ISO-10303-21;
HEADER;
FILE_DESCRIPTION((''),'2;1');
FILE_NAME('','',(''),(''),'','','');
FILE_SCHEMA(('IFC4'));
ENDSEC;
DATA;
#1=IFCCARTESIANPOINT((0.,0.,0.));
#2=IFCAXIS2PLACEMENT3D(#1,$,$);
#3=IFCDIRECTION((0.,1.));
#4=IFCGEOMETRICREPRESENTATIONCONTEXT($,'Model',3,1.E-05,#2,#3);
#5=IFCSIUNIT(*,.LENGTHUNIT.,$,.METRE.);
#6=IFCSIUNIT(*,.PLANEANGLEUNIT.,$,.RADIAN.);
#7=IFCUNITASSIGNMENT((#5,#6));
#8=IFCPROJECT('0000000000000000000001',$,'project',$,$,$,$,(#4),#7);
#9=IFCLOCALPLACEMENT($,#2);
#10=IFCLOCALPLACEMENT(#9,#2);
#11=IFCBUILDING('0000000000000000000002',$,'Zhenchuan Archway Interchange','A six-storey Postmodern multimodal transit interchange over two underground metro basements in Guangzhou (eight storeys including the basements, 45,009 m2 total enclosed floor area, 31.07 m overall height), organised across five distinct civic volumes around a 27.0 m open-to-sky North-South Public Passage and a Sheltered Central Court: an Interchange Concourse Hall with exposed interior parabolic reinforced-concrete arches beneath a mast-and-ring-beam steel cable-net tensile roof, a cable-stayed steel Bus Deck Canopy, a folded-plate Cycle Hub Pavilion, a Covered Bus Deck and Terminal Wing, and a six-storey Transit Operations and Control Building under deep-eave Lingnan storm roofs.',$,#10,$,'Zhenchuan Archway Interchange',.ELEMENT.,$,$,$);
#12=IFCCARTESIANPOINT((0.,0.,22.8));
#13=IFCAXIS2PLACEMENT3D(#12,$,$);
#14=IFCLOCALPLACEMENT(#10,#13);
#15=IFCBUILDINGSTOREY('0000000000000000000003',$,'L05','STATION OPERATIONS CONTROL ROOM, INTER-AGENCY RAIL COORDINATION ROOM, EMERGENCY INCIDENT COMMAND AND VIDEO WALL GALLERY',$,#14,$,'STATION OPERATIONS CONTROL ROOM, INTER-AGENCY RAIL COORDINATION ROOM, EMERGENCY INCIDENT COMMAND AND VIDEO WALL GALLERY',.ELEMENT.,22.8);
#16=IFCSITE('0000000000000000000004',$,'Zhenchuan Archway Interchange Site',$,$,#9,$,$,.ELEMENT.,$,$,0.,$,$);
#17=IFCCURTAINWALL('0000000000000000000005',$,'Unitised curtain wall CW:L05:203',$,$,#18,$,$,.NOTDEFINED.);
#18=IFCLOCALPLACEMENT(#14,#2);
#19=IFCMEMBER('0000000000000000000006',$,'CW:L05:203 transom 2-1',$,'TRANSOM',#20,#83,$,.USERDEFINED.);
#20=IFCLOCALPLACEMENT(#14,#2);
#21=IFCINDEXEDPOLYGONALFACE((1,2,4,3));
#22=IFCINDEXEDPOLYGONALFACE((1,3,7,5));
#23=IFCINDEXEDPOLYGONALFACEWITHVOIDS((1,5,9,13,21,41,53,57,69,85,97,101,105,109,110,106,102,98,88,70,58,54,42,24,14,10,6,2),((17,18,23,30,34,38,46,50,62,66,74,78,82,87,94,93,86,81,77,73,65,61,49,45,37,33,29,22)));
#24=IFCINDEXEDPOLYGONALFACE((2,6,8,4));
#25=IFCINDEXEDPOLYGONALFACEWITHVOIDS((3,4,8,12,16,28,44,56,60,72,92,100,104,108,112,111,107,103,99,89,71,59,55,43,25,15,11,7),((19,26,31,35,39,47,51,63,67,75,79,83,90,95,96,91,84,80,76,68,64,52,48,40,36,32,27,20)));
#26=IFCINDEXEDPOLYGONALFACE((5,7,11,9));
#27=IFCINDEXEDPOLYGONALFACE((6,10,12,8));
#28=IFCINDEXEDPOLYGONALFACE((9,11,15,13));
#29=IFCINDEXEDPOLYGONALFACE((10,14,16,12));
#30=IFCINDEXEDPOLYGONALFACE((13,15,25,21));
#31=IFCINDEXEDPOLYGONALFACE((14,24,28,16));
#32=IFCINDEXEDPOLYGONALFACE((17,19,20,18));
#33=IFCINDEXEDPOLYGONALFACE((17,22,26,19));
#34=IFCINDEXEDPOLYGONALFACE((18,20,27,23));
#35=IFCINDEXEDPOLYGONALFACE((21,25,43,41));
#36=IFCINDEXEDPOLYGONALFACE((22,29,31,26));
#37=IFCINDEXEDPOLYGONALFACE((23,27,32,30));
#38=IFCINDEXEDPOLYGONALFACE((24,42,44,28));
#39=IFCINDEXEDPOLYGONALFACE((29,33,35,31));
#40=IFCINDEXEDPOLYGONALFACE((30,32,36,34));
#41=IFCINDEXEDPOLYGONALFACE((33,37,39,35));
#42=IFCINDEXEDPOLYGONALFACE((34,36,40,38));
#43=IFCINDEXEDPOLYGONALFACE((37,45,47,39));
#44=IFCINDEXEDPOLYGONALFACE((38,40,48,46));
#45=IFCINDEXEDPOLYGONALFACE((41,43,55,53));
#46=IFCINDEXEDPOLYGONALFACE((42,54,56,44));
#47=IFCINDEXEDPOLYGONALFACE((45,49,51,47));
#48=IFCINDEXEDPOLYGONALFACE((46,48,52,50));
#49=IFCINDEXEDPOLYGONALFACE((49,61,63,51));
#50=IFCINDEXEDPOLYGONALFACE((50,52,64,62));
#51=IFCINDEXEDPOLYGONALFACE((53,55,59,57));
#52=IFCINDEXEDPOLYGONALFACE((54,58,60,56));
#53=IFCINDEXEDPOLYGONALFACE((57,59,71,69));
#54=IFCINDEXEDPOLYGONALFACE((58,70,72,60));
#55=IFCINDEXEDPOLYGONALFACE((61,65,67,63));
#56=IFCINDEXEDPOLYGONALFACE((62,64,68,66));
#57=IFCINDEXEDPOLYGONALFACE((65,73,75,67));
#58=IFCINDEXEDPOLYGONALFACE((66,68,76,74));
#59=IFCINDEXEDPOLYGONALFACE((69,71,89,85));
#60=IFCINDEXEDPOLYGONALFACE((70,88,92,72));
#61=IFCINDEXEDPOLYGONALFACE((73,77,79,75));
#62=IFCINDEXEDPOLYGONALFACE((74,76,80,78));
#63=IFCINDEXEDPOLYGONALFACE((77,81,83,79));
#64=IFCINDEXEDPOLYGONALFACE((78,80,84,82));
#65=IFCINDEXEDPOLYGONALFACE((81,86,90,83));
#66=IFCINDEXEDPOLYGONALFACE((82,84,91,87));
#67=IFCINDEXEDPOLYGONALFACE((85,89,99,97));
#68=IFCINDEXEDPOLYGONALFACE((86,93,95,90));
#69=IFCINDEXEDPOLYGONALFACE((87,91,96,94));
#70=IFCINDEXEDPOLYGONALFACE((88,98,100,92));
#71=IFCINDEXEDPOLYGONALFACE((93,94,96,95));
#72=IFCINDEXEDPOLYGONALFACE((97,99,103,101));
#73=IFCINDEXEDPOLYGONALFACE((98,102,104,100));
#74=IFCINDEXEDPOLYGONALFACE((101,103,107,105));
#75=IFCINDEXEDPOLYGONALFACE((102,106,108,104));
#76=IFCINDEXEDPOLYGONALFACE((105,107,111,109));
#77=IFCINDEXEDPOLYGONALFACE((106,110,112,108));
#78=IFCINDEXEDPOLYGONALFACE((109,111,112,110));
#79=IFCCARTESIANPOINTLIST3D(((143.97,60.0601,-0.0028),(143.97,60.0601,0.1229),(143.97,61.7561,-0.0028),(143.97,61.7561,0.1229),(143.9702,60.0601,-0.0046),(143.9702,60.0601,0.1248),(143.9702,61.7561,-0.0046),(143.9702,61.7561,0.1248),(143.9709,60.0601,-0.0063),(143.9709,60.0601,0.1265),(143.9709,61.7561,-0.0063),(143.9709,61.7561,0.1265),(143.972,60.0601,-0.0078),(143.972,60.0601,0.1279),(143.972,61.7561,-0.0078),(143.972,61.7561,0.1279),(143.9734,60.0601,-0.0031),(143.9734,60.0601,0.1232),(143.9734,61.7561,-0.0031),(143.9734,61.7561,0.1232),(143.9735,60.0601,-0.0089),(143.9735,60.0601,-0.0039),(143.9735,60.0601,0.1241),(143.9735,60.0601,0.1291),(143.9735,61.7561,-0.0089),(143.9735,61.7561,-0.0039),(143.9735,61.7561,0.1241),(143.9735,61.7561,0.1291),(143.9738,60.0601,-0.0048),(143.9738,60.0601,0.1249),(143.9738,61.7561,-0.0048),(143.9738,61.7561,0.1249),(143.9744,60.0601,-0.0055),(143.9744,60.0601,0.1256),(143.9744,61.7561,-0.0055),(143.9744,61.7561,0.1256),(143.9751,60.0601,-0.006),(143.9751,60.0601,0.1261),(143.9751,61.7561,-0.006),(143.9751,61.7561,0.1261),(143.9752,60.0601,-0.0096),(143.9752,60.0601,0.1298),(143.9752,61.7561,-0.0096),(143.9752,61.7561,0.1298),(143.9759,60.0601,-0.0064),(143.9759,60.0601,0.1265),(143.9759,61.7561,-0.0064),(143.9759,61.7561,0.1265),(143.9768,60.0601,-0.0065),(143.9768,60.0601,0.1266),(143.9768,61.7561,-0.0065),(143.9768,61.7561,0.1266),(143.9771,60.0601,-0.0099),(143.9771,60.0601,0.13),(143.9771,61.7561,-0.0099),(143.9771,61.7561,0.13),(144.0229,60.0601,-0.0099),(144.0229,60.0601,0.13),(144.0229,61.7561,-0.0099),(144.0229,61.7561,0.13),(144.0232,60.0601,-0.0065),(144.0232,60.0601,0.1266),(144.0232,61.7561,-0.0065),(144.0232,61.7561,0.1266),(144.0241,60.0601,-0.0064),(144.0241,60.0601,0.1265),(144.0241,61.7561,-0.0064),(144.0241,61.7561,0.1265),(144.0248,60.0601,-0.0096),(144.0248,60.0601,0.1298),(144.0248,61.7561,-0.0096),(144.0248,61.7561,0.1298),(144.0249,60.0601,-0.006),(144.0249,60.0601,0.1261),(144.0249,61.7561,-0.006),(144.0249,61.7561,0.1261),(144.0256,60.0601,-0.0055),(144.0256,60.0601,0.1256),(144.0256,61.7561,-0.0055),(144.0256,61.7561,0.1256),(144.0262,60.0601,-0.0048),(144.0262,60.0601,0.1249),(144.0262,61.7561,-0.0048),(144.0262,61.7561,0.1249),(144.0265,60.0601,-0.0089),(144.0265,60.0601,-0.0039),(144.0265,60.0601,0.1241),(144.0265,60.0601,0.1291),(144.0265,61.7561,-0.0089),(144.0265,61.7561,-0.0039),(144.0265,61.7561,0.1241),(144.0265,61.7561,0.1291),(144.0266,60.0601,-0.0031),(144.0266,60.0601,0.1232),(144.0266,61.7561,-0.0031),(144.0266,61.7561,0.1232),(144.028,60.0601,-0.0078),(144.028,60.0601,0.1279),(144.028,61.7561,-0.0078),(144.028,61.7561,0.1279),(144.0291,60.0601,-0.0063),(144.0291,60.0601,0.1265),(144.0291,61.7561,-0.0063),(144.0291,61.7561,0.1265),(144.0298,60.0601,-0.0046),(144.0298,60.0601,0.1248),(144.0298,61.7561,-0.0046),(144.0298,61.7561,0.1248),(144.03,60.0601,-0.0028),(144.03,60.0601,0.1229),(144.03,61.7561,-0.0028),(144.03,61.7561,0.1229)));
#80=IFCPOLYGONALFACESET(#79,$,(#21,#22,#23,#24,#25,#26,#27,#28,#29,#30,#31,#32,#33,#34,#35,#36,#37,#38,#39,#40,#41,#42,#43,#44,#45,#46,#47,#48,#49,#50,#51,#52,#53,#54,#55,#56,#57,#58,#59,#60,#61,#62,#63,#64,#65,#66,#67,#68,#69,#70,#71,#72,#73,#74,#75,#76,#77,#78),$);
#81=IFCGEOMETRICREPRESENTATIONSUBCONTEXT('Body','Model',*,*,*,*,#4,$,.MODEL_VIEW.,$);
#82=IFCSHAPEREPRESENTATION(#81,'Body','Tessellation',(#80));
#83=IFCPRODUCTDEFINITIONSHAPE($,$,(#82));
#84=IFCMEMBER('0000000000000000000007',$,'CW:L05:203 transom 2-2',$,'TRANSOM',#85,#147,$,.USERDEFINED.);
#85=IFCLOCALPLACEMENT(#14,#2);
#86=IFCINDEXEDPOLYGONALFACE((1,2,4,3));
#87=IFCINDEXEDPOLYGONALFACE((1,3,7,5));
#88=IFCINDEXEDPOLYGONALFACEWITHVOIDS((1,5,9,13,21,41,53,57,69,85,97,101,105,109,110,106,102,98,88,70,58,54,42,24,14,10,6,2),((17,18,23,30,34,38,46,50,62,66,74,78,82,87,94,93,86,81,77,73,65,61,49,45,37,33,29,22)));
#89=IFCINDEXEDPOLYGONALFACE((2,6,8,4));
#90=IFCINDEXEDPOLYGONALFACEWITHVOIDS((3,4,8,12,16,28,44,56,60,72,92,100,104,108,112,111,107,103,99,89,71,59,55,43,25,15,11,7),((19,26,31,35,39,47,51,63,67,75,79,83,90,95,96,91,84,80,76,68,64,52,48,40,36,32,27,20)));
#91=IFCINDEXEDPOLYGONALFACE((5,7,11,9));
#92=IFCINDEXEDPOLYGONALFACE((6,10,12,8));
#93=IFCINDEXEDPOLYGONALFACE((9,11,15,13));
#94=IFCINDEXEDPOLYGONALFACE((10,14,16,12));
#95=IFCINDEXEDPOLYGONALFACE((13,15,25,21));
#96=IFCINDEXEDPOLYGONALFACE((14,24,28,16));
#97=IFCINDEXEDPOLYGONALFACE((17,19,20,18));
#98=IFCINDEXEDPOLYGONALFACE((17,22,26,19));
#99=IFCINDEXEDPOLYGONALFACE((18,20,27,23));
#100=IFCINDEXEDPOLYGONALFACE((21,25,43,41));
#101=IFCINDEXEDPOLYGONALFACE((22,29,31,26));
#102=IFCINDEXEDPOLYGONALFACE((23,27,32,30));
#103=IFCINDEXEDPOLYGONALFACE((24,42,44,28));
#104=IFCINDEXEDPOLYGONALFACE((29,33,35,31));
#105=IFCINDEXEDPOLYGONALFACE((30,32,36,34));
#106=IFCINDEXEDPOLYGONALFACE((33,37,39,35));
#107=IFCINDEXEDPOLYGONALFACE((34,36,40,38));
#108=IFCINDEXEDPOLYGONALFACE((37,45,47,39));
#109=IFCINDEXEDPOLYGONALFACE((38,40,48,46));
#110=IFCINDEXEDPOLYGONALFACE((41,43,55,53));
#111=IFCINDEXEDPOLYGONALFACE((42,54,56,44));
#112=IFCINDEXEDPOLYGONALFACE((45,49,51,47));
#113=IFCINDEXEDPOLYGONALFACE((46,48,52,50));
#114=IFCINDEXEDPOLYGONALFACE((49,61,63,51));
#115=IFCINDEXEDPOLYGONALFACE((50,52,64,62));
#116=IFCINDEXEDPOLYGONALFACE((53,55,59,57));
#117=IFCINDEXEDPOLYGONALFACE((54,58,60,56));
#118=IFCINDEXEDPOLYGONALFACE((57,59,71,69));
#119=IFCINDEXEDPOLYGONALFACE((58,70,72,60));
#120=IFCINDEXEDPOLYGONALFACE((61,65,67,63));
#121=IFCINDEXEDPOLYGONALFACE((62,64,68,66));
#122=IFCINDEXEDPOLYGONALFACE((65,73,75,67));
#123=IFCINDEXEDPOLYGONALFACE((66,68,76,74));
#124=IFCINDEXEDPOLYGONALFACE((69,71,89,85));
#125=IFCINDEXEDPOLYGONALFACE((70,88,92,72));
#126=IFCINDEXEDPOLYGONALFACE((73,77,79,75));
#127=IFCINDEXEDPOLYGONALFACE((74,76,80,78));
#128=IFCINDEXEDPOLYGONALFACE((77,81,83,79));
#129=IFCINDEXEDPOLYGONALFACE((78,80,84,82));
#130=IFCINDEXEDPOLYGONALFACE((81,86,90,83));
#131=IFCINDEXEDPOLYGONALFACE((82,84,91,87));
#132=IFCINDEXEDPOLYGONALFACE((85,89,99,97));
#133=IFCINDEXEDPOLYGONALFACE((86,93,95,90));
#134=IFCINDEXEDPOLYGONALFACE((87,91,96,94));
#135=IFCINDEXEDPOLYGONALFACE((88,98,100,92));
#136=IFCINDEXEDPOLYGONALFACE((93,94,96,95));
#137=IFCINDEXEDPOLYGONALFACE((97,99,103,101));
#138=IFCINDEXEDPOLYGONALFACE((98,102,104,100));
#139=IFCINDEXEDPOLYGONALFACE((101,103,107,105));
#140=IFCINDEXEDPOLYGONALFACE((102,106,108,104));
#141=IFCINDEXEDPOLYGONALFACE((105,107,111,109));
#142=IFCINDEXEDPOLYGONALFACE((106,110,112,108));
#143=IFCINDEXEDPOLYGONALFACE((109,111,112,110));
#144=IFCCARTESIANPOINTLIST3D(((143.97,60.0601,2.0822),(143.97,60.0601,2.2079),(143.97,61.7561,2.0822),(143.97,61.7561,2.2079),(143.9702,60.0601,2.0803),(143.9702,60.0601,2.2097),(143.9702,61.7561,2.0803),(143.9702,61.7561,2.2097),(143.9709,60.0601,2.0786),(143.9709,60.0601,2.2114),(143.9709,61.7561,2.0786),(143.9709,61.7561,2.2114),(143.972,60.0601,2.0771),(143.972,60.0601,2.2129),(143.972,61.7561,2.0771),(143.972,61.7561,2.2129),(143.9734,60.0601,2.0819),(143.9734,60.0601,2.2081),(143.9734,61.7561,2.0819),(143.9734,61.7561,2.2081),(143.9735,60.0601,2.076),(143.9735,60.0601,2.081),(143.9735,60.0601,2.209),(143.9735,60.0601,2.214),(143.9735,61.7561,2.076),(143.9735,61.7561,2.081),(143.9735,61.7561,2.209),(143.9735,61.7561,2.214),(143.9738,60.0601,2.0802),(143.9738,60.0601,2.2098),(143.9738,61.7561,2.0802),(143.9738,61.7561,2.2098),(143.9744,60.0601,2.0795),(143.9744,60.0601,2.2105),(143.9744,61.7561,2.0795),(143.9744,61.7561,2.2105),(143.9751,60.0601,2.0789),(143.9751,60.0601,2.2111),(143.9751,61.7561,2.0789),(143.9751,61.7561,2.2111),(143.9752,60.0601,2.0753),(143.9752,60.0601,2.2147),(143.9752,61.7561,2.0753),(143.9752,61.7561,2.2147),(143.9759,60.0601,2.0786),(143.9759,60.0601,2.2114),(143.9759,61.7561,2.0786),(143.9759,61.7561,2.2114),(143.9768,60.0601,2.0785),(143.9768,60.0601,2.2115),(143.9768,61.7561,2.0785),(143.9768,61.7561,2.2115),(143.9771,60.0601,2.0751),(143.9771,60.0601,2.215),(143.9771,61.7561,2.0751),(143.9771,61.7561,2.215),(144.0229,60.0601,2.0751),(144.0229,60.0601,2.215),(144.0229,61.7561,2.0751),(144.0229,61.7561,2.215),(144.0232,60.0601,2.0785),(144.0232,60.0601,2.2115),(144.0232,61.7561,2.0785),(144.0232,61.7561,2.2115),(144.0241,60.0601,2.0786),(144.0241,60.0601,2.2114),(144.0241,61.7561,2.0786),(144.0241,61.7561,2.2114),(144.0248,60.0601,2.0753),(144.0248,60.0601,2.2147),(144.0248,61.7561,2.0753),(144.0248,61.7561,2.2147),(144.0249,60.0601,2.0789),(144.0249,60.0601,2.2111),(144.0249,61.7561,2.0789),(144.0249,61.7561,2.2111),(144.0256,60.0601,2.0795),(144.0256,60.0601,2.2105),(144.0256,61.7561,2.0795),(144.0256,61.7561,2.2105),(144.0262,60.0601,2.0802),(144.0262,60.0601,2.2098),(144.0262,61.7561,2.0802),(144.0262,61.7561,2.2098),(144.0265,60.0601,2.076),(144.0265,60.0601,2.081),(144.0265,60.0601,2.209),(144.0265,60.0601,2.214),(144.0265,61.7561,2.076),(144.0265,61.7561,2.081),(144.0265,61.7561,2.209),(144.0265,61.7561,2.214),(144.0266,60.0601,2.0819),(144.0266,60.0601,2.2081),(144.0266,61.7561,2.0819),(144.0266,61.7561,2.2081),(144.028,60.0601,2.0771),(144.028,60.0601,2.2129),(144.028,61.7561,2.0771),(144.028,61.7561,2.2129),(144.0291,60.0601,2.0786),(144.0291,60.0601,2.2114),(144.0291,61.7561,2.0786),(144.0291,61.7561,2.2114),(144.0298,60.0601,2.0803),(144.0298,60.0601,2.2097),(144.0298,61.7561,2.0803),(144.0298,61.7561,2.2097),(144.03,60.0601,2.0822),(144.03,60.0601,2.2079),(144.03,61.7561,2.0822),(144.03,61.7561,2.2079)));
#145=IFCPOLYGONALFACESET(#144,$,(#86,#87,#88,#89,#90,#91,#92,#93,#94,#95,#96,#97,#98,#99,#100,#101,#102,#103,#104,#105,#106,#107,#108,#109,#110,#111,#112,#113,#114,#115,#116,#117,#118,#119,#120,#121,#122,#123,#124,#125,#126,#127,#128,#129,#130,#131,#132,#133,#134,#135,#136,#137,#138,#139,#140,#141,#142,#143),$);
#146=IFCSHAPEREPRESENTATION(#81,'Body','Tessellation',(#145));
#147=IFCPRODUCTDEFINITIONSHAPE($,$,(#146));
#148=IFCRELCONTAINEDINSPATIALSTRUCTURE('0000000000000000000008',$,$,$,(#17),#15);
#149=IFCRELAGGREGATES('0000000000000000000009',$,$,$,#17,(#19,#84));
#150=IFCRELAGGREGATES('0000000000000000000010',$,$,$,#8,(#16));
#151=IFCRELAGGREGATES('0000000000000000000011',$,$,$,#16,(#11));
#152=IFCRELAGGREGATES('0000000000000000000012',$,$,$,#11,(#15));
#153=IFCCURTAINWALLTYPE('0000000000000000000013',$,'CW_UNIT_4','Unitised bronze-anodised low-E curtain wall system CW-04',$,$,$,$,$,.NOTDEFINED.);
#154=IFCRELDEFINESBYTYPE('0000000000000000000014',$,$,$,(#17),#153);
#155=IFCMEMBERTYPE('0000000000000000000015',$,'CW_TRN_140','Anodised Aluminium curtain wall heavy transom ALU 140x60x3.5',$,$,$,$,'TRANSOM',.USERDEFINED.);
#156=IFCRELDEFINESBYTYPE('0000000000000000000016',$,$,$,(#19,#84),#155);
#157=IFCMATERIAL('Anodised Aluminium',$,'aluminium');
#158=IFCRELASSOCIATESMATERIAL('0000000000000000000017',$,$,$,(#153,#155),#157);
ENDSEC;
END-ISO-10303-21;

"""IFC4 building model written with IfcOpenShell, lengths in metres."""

from ifc_helpers import new_model, si_unit, direction, frame, origin, origin_2d, place, context, subcontext, project, spatial, hollow_rectangle, extrude, material, material_profile, profile_set, type_object, element, aggregate, save


model = new_model("IFC4")

# Units and contexts
model_context = context("Model", 3, precision=1e-05, world=origin(), true_north=direction((0.0, 1.0)))
body_context = subcontext(model_context, "Body", "Model", "MODEL_VIEW")
ifc_project = project(units=[si_unit("LENGTHUNIT", "METRE"), si_unit("PLANEANGLEUNIT", "RADIAN")], contexts=[model_context])

# Site, building, storey
site_placement = place(None, origin())
site = spatial("IfcSite", under=ifc_project, at=site_placement, Name="Zhenchuan Archway Interchange Site", CompositionType="ELEMENT", RefElevation=0.0)
building_placement = place(site_placement, origin())
building = spatial("IfcBuilding", under=site, at=building_placement, Name="Zhenchuan Archway Interchange", Description="A six-storey Postmodern multimodal transit interchange over two underground metro basements in Guangzhou (eight storeys including the basements, 45,009 m2 total enclosed floor area, 31.07 m overall height), organised across five distinct civic volumes around a 27.0 m open-to-sky North-South Public Passage and a Sheltered Central Court: an Interchange Concourse Hall with exposed interior parabolic reinforced-concrete arches beneath a mast-and-ring-beam steel cable-net tensile roof, a cable-stayed steel Bus Deck Canopy, a folded-plate Cycle Hub Pavilion, a Covered Bus Deck and Terminal Wing, and a six-storey Transit Operations and Control Building under deep-eave Lingnan storm roofs.", LongName="Zhenchuan Archway Interchange", CompositionType="ELEMENT")
storey_placement = place(building_placement, frame((0.0, 0.0, 22.8)))
storey = spatial("IfcBuildingStorey", under=building, at=storey_placement, Name="L05", Description="STATION OPERATIONS CONTROL ROOM, INTER-AGENCY RAIL COORDINATION ROOM, EMERGENCY INCIDENT COMMAND AND VIDEO WALL GALLERY", LongName="STATION OPERATIONS CONTROL ROOM, INTER-AGENCY RAIL COORDINATION ROOM, EMERGENCY INCIDENT COMMAND AND VIDEO WALL GALLERY", CompositionType="ELEMENT", Elevation=22.8)

# Curtain wall, members
ifc_material_1 = material(Name="Anodised Aluminium", Category="aluminium")
curtain_wall_type = type_object("IfcCurtainWallType", Name="CW_UNIT_4", Description="Unitised bronze-anodised low-E curtain wall system CW-04", PredefinedType="NOTDEFINED", material=ifc_material_1)
curtain_wall_placement = place(storey_placement, origin())
curtain_wall = element("IfcCurtainWall", 1, at=curtain_wall_placement, inside=storey, type_object=curtain_wall_type, Name="Unitised curtain wall CW:L05:203", PredefinedType="NOTDEFINED")
ifc_material_profile_1 = material_profile(ifc_material_1, hollow_rectangle(XDim=0.0601, YDim=0.1399, WallThickness=0.0034, InnerFilletRadius=0.0034, OuterFilletRadius=0.0071, at=origin_2d()), Name="ALU 140x60x3.5")
ifc_profile_set_1 = profile_set([ifc_material_profile_1], Name="Anodised Aluminium")
member_type_1 = type_object("IfcMemberType", Name="CW_TRN_140", Description="Anodised Aluminium curtain wall heavy transom ALU 140x60x3.5", ElementType="TRANSOM", PredefinedType="USERDEFINED", material=ifc_profile_set_1)
member_1_placement = place(storey_placement, frame((144.0, 60.0601, 0.0601), z_axis=(0.0, 1.0, 0.0), x_axis=(-1.0, 0.0, 0.0)))
member_1 = element("IfcMember", 2, at=member_1_placement, type_object=member_type_1, Name="CW:L05:203 transom 2-1", ObjectType="TRANSOM", PredefinedType="USERDEFINED", context=body_context, shape_type="SweptSolid", body=[
    extrude(hollow_rectangle(XDim=0.0601, YDim=0.1399, WallThickness=0.0034, InnerFilletRadius=0.0034, OuterFilletRadius=0.0071, at=origin_2d()), origin(), (0.0, 0.0, 1.0), 1.696),
])
member_2_placement = place(storey_placement, frame((144.0, 60.0601, 2.145), z_axis=(0.0, 1.0, 0.0), x_axis=(-1.0, 0.0, 0.0)))
member_2 = element("IfcMember", 3, at=member_2_placement, type_object=member_type_1, Name="CW:L05:203 transom 2-2", ObjectType="TRANSOM", PredefinedType="USERDEFINED", context=body_context, shape_type="SweptSolid", body=[
    extrude(hollow_rectangle(XDim=0.0601, YDim=0.1399, WallThickness=0.0034, InnerFilletRadius=0.0034, OuterFilletRadius=0.0071, at=origin_2d()), origin(), (0.0, 0.0, 1.0), 1.696),
])
aggregate(curtain_wall, [member_1, member_2])

save(model, "model.ifc")
